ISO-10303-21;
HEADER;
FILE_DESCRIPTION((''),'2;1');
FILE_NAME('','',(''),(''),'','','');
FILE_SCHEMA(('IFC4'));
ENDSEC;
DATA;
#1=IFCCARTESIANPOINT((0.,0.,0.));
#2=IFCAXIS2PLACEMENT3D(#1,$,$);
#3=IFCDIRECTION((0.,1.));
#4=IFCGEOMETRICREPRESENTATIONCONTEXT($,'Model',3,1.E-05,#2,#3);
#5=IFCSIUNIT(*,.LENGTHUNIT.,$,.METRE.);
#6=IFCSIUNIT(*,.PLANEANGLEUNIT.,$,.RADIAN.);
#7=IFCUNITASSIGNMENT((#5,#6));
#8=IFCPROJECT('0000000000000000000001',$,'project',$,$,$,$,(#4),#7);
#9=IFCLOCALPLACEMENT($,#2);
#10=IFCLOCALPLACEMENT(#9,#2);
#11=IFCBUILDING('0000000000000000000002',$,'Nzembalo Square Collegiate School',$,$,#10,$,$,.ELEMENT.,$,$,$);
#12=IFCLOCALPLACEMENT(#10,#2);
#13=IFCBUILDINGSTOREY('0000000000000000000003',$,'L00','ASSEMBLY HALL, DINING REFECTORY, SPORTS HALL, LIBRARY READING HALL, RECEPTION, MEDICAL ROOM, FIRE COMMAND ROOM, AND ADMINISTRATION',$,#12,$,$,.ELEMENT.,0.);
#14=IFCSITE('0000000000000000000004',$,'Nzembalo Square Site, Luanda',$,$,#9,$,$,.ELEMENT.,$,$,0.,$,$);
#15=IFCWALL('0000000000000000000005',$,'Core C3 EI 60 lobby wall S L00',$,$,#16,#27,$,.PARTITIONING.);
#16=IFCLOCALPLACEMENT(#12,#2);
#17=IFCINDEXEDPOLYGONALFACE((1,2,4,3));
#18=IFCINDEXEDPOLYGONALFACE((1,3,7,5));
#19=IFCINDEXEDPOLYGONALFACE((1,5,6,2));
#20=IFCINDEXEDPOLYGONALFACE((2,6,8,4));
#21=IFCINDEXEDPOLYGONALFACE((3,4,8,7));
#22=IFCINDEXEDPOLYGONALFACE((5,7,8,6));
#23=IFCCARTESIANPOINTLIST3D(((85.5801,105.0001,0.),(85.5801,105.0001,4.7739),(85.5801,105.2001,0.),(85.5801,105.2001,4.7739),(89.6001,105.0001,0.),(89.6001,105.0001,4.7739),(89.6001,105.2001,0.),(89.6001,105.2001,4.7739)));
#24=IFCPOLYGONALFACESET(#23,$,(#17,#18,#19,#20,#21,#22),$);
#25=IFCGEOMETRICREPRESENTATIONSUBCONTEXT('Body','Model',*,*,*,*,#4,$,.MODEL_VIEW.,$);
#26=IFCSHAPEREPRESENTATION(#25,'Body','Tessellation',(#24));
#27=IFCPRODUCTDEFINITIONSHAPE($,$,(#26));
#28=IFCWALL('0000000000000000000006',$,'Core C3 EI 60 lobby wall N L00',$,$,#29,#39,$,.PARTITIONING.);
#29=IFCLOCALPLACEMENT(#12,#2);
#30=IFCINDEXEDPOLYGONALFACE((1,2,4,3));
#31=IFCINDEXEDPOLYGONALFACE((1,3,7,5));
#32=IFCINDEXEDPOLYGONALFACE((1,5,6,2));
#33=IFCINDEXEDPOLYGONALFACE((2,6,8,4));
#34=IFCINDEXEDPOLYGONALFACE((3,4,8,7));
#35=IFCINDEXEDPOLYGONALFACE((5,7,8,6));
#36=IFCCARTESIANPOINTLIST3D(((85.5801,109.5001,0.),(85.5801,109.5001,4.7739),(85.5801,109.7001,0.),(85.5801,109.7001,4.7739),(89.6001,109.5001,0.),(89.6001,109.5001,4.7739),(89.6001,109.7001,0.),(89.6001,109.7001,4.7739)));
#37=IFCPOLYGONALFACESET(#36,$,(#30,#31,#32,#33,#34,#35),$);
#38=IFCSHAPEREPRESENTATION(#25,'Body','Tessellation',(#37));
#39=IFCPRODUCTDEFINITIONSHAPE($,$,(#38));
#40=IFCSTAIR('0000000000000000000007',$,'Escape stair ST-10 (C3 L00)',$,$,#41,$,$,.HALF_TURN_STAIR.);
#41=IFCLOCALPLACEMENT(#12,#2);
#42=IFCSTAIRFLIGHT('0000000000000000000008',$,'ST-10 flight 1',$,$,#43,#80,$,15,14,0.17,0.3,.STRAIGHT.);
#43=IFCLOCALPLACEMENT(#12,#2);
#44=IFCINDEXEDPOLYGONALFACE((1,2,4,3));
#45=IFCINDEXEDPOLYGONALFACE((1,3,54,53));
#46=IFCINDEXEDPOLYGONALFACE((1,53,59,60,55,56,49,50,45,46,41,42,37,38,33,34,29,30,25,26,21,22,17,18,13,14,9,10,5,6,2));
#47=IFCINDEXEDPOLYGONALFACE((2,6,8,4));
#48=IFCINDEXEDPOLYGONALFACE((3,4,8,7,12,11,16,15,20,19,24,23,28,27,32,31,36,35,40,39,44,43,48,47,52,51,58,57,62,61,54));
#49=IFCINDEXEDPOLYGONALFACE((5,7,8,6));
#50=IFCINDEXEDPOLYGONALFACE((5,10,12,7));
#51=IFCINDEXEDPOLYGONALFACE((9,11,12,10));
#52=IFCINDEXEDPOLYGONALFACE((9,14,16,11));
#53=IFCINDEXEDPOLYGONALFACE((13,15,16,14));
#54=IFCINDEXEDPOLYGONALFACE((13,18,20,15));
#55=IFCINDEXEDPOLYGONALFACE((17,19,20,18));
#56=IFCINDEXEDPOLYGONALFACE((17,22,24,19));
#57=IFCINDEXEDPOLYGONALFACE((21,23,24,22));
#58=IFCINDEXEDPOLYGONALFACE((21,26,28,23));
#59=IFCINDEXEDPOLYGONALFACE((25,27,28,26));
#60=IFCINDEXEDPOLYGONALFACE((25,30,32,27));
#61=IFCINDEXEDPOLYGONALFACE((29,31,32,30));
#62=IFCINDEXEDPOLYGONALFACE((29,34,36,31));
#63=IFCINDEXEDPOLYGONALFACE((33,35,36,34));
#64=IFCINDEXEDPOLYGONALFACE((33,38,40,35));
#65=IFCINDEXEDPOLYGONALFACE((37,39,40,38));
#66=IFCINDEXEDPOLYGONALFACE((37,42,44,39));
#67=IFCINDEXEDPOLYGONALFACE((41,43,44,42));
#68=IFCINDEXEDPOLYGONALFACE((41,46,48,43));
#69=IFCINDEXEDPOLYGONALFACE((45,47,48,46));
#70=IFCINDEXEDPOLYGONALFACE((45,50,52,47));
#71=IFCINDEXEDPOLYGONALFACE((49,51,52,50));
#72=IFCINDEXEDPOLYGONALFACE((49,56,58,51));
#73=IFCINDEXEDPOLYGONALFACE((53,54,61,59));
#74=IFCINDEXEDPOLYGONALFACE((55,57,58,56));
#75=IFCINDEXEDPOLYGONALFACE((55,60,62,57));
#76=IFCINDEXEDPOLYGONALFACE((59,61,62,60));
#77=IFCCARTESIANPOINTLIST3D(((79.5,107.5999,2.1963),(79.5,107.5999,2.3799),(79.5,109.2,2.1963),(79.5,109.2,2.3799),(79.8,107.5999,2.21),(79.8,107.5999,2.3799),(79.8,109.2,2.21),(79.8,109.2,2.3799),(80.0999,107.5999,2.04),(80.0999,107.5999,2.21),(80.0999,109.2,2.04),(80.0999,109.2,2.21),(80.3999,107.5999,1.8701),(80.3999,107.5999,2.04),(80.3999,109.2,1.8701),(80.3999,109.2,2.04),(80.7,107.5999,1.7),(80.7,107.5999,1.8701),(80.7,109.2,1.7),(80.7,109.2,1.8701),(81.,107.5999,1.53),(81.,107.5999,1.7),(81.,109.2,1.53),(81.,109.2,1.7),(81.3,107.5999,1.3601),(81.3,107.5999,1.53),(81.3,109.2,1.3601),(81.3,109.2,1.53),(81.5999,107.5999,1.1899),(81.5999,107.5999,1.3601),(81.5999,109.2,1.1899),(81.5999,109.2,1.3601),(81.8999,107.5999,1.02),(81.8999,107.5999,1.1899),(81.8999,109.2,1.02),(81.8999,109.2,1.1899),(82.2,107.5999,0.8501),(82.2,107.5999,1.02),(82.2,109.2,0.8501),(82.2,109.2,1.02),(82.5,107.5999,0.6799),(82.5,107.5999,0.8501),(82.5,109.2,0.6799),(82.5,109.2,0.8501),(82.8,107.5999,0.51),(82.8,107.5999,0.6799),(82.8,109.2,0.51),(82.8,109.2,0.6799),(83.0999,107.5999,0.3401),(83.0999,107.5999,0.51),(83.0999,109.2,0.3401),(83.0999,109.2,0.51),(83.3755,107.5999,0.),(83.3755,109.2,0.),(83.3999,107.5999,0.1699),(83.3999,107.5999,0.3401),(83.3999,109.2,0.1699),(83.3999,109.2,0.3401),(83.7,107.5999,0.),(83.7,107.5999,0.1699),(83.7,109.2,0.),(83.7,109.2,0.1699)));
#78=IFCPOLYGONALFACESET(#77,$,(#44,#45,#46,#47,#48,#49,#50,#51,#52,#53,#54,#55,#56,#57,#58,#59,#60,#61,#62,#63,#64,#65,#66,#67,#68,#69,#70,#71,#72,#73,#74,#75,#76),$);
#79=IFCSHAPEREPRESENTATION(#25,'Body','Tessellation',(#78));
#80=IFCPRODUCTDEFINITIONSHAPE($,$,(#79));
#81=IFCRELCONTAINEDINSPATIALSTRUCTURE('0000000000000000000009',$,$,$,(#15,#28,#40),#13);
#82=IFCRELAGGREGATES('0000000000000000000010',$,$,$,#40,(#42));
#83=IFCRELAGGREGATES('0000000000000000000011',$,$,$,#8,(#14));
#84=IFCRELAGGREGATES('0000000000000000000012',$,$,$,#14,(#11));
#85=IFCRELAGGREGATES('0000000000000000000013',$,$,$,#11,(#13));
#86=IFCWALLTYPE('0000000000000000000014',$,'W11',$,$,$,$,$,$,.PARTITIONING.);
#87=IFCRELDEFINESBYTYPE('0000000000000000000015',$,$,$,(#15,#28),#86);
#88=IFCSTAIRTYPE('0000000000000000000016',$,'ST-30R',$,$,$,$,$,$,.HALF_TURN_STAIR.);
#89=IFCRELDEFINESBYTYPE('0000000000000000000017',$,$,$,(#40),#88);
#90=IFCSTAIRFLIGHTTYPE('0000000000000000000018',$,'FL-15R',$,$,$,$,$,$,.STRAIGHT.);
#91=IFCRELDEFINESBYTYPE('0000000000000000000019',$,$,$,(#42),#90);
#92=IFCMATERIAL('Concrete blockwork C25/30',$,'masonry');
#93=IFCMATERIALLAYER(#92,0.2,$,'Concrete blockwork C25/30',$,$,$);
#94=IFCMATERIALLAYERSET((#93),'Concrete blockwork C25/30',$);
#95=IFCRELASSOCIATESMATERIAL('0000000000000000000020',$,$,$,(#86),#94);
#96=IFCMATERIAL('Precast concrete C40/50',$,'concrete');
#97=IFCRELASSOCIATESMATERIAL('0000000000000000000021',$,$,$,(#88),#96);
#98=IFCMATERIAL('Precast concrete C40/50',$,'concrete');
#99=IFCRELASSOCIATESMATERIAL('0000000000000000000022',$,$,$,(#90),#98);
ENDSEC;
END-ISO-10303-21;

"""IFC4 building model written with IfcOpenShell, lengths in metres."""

from ifc_helpers import new_model, si_unit, direction, frame, frame_2d, origin, place, context, subcontext, project, spatial, polyline, rectangle, outline, extrude, material, layer, layer_set, type_object, element, aggregate, save


model = new_model("IFC4")

# Units and contexts
model_context = context("Model", 3, precision=1e-05, world=origin(), true_north=direction((0.0, 1.0)))
body_context = subcontext(model_context, "Body", "Model", "MODEL_VIEW")
ifc_project = project(units=[si_unit("LENGTHUNIT", "METRE"), si_unit("PLANEANGLEUNIT", "RADIAN")], contexts=[model_context])

# Site, building, storey
site_placement = place(None, origin())
site = spatial("IfcSite", under=ifc_project, at=site_placement, Name="Nzembalo Square Site, Luanda", CompositionType="ELEMENT", RefElevation=0.0)
building_placement = place(site_placement, origin())
building = spatial("IfcBuilding", under=site, at=building_placement, Name="Nzembalo Square Collegiate School", CompositionType="ELEMENT")
storey_placement = place(building_placement, origin())
storey = spatial("IfcBuildingStorey", under=building, at=storey_placement, Name="L00", Description="ASSEMBLY HALL, DINING REFECTORY, SPORTS HALL, LIBRARY READING HALL, RECEPTION, MEDICAL ROOM, FIRE COMMAND ROOM, AND ADMINISTRATION", CompositionType="ELEMENT", Elevation=0.0)

# Shared definitions
ifc_material_1 = material(Name="Concrete blockwork C25/30", Category="masonry")
ifc_layer_1 = layer(ifc_material_1, 0.2, Name="Concrete blockwork C25/30")
ifc_layer_set_1 = layer_set([ifc_layer_1], Name="Concrete blockwork C25/30")
wall_type_1 = type_object("IfcWallType", Name="W11", PredefinedType="PARTITIONING", material=ifc_layer_set_1)

# Walls
for number, where, z_axis, x_axis, name in (
    (1, (85.5801, 105.1001, 0.0), (0.0, 0.0, 1.0), (1.0, 0.0, 0.0), "Core C3 EI 60 lobby wall S L00"),
    (2, (85.5801, 109.6001, 0.0), (0.0, 0.0, 1.0), (1.0, 0.0, 0.0), "Core C3 EI 60 lobby wall N L00"),
):
    element("IfcWall", number, at=place(storey_placement, frame(where, z_axis=z_axis, x_axis=x_axis)), inside=storey, type_object=wall_type_1, Name=name, PredefinedType="PARTITIONING", context=body_context, shape_type="SweptSolid", body=[
        extrude(rectangle(XDim=4.02, YDim=0.2, at=frame_2d((2.01, 0.0))), origin(), (0.0, 0.0, 1.0), 4.7739),
    ])

# Stair, stair flight
ifc_material_2 = material(Name="Precast concrete C40/50", Category="concrete")
stair_type = type_object("IfcStairType", Name="ST-30R", PredefinedType="HALF_TURN_STAIR", material=ifc_material_2)
stair_placement = place(storey_placement, origin())
stair = element("IfcStair", 3, at=stair_placement, inside=storey, type_object=stair_type, Name="Escape stair ST-10 (C3 L00)", PredefinedType="HALF_TURN_STAIR")
ifc_material_3 = material(Name="Precast concrete C40/50", Category="concrete")
stair_flight_type = type_object("IfcStairFlightType", Name="FL-15R", PredefinedType="STRAIGHT", material=ifc_material_3)
stair_flight_placement = place(storey_placement, frame((83.7, 108.3999, 0.0), z_axis=(0.0, 0.0, 1.0), x_axis=(-1.0, 0.0, 0.0)))
stair_flight = element("IfcStairFlight", 4, at=stair_flight_placement, type_object=stair_flight_type, Name="ST-10 flight 1", NumberOfRisers=15, NumberOfTreads=14, PredefinedType="STRAIGHT", RiserHeight=0.17, TreadLength=0.3, context=body_context, shape_type="SweptSolid", body=[
    extrude(outline(polyline([(0.0, 0.0), (0.0, 0.1699), (0.3, 0.1699), (0.3, 0.3401), (0.6001, 0.3401), (0.6001, 0.51), (0.8999, 0.51), (0.8999, 0.6799), (1.2, 0.6799), (1.2, 0.8501), (1.5, 0.8501), (1.5, 1.02), (1.8, 1.02), (1.8, 1.1899), (2.1001, 1.1899), (2.1001, 1.3601), (2.3999, 1.3601), (2.3999, 1.53), (2.7, 1.53), (2.7, 1.7), (3.0, 1.7), (3.0, 1.8701), (3.3, 1.8701), (3.3, 2.04), (3.6001, 2.04), (3.6001, 2.21), (3.8999, 2.21), (3.8999, 2.3799), (4.2, 2.3799), (4.2, 2.55), (4.2, 2.1963), (0.3245, 0.0), (0.0, 0.0)])), frame((0.0, 0.8, 0.0), z_axis=(0.0, -1.0, 0.0), x_axis=(1.0, 0.0, 0.0)), (0.0, 0.0, 1.0), 1.6001),
])
aggregate(stair, [stair_flight])

save(model, "model.ifc")
